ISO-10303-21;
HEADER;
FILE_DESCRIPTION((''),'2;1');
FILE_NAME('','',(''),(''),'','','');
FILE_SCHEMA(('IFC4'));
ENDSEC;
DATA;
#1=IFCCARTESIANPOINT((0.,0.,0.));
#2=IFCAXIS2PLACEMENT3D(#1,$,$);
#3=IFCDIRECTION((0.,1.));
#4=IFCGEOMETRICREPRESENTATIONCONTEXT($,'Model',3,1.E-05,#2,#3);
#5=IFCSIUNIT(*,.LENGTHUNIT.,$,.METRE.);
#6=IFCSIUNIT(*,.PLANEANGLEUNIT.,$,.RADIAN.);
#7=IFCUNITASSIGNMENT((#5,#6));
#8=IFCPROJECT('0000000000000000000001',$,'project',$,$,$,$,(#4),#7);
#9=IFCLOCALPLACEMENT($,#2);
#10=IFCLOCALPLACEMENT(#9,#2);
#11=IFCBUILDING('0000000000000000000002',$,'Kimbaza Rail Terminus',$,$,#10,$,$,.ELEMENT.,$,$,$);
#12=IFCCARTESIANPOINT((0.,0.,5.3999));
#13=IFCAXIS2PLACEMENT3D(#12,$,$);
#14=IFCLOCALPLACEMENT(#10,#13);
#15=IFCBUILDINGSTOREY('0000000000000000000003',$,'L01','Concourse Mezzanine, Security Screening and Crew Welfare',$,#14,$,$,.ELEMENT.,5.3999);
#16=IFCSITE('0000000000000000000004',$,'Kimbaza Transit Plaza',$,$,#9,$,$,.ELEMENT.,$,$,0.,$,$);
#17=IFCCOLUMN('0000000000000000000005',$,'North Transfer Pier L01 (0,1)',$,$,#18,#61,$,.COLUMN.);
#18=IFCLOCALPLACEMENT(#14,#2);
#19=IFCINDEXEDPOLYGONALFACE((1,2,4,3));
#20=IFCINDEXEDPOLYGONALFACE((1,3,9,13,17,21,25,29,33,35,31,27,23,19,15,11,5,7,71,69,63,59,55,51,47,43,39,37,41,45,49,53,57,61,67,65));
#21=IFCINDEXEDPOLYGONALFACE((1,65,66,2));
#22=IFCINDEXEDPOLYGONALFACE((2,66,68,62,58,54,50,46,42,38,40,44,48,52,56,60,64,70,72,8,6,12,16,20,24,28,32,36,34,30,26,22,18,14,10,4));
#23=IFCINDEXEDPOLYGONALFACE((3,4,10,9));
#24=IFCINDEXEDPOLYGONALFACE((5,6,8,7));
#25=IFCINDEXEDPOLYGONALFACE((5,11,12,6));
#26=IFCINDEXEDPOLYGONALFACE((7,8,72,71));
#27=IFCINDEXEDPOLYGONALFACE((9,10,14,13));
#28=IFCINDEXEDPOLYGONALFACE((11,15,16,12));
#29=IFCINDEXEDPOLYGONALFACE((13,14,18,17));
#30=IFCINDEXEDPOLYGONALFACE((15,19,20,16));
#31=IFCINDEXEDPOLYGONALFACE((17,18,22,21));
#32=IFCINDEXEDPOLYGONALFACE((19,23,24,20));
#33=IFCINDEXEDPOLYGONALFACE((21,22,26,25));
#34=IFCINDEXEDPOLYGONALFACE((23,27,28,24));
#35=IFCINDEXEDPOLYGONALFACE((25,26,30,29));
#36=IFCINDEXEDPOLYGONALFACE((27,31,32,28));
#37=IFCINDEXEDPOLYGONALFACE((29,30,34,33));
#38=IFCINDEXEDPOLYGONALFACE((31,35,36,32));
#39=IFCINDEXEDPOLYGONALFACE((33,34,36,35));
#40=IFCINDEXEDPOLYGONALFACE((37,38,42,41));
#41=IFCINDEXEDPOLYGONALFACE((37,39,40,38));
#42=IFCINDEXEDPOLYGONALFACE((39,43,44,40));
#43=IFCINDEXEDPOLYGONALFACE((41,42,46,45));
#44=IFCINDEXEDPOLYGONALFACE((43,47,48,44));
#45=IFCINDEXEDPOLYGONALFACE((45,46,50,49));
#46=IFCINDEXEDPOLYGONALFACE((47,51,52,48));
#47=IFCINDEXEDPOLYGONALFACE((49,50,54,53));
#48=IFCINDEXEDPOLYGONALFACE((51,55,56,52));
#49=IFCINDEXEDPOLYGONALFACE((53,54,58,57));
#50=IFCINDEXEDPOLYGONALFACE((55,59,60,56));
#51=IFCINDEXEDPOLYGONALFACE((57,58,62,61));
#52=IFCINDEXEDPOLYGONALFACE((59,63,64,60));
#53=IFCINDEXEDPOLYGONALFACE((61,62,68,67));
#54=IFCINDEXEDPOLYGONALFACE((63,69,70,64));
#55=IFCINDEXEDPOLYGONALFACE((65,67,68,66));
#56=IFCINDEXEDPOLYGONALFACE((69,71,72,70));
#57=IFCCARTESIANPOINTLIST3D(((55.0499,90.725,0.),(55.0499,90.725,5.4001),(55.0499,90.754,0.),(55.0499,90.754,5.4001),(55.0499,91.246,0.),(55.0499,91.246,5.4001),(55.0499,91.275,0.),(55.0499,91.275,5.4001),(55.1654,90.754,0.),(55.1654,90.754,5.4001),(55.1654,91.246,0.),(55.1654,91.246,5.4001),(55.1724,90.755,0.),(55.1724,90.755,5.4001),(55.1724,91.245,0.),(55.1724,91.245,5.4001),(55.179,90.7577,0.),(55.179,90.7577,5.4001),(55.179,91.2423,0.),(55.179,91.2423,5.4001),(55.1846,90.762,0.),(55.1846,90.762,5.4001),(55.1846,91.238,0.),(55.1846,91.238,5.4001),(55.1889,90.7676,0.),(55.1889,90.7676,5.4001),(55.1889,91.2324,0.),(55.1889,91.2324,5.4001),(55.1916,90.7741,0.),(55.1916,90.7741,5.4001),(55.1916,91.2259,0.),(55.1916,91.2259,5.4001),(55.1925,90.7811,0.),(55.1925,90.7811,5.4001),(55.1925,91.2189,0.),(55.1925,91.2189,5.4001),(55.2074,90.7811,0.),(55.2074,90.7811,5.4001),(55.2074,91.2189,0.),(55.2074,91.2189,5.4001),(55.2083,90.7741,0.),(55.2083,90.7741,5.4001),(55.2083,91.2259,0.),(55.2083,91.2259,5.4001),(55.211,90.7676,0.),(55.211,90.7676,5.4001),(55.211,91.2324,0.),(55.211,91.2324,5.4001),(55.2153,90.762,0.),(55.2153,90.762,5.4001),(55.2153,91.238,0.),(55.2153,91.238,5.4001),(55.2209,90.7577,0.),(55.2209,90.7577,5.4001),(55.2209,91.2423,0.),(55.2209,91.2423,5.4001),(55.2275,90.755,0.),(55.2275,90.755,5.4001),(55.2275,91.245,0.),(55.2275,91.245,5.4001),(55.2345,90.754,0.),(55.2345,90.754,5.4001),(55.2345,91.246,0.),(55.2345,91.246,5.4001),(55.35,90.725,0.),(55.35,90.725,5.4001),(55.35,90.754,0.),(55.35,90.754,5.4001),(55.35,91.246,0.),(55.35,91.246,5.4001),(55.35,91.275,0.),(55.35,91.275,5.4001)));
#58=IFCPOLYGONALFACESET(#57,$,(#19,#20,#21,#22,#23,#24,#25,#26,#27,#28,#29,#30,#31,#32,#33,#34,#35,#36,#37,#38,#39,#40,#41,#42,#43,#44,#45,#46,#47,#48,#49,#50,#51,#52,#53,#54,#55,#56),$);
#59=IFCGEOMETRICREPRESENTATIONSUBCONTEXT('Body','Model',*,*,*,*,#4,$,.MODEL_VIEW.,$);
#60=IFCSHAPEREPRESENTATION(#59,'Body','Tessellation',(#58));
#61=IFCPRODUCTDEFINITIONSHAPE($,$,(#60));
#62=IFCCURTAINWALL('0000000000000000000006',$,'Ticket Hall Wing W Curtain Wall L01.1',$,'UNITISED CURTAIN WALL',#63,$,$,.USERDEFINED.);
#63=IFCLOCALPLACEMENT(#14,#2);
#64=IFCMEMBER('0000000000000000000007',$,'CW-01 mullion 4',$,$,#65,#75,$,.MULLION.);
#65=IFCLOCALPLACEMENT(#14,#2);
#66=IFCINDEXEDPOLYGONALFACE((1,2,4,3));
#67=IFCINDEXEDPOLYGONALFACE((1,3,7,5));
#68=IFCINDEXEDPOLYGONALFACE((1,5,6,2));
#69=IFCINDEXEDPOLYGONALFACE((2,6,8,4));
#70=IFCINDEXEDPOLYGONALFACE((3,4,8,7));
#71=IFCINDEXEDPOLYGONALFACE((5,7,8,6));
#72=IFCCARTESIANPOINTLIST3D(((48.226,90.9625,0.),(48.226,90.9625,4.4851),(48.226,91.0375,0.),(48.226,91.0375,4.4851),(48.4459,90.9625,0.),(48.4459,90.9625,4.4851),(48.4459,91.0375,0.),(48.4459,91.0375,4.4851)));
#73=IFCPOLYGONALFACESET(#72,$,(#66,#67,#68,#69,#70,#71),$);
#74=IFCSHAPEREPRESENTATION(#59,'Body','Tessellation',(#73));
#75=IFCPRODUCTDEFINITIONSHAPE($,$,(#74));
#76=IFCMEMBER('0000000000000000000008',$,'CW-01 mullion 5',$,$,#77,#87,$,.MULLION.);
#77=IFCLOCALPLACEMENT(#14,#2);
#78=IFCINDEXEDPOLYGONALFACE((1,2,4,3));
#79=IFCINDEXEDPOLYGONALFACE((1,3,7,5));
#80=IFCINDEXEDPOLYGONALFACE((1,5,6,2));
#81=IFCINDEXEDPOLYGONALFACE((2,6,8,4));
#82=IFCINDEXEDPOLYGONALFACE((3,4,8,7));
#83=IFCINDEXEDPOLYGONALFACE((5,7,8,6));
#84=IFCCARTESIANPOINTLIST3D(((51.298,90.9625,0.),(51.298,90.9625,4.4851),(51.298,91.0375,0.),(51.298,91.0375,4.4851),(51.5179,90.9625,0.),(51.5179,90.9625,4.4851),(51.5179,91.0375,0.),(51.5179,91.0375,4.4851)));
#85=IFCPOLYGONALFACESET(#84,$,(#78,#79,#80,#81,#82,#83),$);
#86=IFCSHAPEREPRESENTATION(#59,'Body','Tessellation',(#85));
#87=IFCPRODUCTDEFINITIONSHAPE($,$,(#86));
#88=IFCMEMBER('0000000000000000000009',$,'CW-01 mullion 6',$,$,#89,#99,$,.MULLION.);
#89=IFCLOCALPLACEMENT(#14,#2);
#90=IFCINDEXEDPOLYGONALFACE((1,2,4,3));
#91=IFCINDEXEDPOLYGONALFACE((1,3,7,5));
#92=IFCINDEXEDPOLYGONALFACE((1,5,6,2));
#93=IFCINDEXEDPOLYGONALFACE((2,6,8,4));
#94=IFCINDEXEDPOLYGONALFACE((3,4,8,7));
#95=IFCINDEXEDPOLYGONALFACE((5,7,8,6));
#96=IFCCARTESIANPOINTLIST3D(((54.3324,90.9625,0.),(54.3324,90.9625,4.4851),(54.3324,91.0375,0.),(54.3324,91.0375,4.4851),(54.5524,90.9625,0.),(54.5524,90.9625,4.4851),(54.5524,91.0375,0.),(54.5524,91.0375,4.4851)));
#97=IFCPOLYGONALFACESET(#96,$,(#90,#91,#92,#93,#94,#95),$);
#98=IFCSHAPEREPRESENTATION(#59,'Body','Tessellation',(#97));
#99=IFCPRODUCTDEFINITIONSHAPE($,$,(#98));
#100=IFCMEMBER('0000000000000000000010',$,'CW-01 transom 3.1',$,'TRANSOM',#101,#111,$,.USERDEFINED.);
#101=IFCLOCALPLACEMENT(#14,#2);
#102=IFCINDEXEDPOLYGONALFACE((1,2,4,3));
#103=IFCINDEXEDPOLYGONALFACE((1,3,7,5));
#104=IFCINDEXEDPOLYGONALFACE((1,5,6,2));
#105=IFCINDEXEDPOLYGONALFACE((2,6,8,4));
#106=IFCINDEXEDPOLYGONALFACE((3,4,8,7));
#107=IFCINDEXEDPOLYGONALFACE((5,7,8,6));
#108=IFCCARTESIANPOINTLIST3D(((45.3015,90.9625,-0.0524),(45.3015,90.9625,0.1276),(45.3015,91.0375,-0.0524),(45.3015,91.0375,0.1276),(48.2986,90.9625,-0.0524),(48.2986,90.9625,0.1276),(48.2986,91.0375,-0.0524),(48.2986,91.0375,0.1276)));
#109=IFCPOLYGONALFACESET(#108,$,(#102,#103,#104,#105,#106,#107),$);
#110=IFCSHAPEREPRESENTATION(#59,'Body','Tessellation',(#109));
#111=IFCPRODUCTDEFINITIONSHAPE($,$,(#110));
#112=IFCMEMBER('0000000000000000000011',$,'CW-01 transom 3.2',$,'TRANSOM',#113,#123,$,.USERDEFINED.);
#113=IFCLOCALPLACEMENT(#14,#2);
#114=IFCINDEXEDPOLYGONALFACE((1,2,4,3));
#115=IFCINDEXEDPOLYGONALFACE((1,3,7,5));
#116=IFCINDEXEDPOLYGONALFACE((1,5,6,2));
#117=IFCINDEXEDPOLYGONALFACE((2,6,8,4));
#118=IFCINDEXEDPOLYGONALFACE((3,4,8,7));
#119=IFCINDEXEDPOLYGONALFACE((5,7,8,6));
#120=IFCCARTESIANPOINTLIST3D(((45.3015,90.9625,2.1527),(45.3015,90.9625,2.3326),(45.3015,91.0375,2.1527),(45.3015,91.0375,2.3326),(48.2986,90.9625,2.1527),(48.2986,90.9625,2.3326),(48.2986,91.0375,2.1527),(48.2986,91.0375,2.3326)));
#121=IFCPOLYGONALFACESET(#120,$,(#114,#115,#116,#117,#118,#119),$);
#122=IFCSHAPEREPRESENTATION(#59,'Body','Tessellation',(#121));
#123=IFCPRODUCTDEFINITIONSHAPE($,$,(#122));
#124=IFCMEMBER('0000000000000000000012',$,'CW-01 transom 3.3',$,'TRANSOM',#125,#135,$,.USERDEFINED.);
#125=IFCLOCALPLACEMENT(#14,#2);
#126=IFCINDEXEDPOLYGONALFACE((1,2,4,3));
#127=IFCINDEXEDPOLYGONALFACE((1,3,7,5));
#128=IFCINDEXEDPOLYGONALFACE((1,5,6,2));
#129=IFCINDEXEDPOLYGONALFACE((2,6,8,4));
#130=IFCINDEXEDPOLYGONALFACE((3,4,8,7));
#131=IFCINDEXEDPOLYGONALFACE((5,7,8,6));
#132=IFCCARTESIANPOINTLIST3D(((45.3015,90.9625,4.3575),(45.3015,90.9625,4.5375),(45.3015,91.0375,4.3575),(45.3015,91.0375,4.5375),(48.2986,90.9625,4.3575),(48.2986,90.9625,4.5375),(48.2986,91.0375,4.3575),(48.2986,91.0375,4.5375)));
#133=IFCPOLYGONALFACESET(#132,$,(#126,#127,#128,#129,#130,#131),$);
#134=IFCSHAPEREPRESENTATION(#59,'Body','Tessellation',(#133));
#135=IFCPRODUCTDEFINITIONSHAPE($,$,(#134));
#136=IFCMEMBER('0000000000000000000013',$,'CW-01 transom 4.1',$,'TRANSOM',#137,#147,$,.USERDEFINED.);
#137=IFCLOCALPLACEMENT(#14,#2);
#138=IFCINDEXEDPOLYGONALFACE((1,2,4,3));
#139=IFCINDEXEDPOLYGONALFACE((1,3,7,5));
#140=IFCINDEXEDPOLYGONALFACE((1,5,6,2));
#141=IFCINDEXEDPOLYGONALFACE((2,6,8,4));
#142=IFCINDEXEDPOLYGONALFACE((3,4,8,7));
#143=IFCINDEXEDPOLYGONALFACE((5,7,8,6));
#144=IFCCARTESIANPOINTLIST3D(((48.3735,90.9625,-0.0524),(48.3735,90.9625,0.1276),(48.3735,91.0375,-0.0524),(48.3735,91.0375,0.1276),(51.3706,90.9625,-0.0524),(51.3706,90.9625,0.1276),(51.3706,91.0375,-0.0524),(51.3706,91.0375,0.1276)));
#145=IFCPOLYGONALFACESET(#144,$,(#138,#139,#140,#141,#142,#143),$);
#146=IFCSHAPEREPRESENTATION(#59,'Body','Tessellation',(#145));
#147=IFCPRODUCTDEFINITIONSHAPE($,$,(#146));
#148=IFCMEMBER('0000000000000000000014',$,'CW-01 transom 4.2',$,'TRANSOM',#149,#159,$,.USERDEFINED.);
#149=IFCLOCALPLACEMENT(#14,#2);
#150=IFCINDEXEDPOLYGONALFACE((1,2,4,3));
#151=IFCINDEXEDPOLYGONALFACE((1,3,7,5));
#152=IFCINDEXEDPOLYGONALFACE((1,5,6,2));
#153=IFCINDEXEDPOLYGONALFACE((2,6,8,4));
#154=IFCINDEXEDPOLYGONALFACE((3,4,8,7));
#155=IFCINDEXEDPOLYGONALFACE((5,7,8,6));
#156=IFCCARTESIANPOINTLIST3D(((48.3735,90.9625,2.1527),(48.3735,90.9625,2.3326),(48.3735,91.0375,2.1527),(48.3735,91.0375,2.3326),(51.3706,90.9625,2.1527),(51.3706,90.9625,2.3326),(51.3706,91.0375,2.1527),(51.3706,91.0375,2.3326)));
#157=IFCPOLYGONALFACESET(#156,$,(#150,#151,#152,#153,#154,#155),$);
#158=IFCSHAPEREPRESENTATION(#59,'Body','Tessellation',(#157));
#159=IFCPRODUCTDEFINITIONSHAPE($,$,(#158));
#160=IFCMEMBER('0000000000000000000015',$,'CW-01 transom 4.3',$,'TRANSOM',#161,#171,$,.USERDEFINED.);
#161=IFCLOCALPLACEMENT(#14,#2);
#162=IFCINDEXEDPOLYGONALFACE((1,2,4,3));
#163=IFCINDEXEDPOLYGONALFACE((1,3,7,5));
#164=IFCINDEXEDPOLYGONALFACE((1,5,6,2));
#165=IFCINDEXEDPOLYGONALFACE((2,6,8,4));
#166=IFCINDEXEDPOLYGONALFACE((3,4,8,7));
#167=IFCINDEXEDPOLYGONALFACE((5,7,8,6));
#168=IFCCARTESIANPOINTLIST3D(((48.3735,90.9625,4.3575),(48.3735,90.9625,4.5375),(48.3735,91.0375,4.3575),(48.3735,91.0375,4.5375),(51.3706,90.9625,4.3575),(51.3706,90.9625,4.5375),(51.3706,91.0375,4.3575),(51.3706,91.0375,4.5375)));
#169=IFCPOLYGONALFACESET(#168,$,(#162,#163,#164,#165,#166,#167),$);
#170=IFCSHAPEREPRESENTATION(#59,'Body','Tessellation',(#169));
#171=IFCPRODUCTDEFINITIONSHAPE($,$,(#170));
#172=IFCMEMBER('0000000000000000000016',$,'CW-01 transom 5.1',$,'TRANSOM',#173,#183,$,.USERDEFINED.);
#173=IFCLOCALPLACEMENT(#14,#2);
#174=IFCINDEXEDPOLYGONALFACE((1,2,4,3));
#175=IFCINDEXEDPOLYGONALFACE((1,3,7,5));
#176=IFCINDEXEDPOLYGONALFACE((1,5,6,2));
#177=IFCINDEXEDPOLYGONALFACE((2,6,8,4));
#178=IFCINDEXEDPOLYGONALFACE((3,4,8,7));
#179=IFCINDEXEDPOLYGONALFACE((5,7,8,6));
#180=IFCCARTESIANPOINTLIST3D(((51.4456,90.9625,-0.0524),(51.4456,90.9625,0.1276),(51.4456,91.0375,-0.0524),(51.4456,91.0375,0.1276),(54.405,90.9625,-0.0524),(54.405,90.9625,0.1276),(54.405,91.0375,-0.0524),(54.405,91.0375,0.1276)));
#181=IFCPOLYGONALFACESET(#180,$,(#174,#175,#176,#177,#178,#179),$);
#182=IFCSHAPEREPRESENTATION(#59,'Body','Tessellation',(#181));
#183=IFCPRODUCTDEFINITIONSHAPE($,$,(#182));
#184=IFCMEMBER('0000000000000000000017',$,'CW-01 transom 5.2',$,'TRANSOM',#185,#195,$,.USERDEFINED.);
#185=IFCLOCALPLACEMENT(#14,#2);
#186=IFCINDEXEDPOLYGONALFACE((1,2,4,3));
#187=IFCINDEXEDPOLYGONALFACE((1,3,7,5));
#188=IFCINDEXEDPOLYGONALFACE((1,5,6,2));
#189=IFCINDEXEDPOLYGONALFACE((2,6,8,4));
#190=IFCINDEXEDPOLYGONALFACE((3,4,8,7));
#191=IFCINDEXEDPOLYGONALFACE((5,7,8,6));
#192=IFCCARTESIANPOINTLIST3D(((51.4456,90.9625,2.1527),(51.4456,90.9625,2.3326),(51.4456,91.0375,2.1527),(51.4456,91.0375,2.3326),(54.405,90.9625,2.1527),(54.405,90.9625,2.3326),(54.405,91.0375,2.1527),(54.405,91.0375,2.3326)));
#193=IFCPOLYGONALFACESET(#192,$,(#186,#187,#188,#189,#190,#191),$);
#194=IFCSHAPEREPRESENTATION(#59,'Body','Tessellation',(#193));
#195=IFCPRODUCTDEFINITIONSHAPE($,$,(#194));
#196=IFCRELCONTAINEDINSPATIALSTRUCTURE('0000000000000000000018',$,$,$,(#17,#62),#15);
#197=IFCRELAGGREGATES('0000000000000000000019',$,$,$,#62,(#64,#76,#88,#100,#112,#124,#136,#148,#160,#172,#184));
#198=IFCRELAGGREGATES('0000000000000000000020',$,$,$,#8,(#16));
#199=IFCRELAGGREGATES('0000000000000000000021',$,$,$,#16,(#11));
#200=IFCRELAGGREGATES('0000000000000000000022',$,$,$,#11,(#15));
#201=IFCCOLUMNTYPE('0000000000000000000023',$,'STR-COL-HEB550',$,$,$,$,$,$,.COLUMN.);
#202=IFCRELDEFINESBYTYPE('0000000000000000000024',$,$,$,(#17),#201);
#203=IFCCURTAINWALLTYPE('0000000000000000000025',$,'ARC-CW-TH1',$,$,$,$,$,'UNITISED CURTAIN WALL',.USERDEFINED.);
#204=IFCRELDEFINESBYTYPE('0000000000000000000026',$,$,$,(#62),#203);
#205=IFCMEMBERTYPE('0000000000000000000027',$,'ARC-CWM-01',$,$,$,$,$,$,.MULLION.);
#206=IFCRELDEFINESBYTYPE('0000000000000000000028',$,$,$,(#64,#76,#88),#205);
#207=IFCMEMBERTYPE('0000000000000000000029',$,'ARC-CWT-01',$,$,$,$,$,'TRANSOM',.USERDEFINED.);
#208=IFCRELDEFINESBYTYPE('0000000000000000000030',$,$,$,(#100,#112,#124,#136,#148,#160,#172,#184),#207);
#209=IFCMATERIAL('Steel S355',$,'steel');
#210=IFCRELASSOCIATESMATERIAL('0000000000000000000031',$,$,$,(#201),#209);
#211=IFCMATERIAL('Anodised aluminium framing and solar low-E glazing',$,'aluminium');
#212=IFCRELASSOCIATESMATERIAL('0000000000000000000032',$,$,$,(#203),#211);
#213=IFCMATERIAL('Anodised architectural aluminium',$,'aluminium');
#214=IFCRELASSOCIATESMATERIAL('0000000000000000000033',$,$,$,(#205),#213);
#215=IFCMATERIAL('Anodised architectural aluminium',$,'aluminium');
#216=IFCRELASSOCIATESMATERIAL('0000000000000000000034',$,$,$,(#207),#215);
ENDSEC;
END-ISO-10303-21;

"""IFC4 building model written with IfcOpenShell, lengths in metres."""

from ifc_helpers import new_model, si_unit, direction, frame, origin, origin_2d, place, context, subcontext, project, spatial, rectangle, i_section, extrude, material, material_profile, profile_set, type_object, element, aggregate, save


model = new_model("IFC4")

# Units and contexts
model_context = context("Model", 3, precision=1e-05, world=origin(), true_north=direction((0.0, 1.0)))
body_context = subcontext(model_context, "Body", "Model", "MODEL_VIEW")
ifc_project = project(units=[si_unit("LENGTHUNIT", "METRE"), si_unit("PLANEANGLEUNIT", "RADIAN")], contexts=[model_context])

# Site, building, storey
site_placement = place(None, origin())
site = spatial("IfcSite", under=ifc_project, at=site_placement, Name="Kimbaza Transit Plaza", CompositionType="ELEMENT", RefElevation=0.0)
building_placement = place(site_placement, origin())
building = spatial("IfcBuilding", under=site, at=building_placement, Name="Kimbaza Rail Terminus", CompositionType="ELEMENT")
storey_placement = place(building_placement, frame((0.0, 0.0, 5.3999)))
storey = spatial("IfcBuildingStorey", under=building, at=storey_placement, Name="L01", Description="Concourse Mezzanine, Security Screening and Crew Welfare", CompositionType="ELEMENT", Elevation=5.3999)

# Column
ifc_material_1 = material(Name="Steel S355", Category="steel")
ifc_material_profile_1 = material_profile(ifc_material_1, i_section(OverallWidth=0.3, OverallDepth=0.55, WebThickness=0.0149, FlangeThickness=0.0291, FilletRadius=0.0271, at=origin_2d()), Name="HEB 550")
ifc_profile_set_1 = profile_set([ifc_material_profile_1], Name="Steel S355")
column_type = type_object("IfcColumnType", Name="STR-COL-HEB550", PredefinedType="COLUMN", material=ifc_profile_set_1)
column_placement = place(storey_placement, frame((55.2, 91.0, 0.0), z_axis=(0.0, 0.0, 1.0), x_axis=(1.0, 0.0, 0.0)))
element("IfcColumn", 1, at=column_placement, inside=storey, type_object=column_type, Name="North Transfer Pier L01 (0,1)", PredefinedType="COLUMN", context=body_context, shape_type="SweptSolid", body=[
    extrude(i_section(OverallWidth=0.3, OverallDepth=0.55, WebThickness=0.0149, FlangeThickness=0.0291, FilletRadius=0.0271, at=origin_2d()), origin(), (0.0, 0.0, 1.0), 5.4001),
])

# Curtain wall, members
ifc_material_2 = material(Name="Anodised aluminium framing and solar low-E glazing", Category="aluminium")
curtain_wall_type = type_object("IfcCurtainWallType", Name="ARC-CW-TH1", ElementType="UNITISED CURTAIN WALL", PredefinedType="USERDEFINED", material=ifc_material_2)
curtain_wall_placement = place(storey_placement, origin())
curtain_wall = element("IfcCurtainWall", 2, at=curtain_wall_placement, inside=storey, type_object=curtain_wall_type, Name="Ticket Hall Wing W Curtain Wall L01.1", ObjectType="UNITISED CURTAIN WALL", PredefinedType="USERDEFINED")
ifc_material_3 = material(Name="Anodised architectural aluminium", Category="aluminium")
ifc_material_profile_2 = material_profile(ifc_material_3, rectangle(XDim=0.075, YDim=0.22, at=origin_2d()), Name="MULLION 75x220")
ifc_profile_set_2 = profile_set([ifc_material_profile_2], Name="Anodised architectural aluminium")
member_type_1 = type_object("IfcMemberType", Name="ARC-CWM-01", PredefinedType="MULLION", material=ifc_profile_set_2)
member_1_placement = place(storey_placement, frame((48.3359, 91.0, 0.0), z_axis=(0.0, 0.0, 1.0), x_axis=(0.0, 1.0, 0.0)))
member_1 = element("IfcMember", 3, at=member_1_placement, type_object=member_type_1, Name="CW-01 mullion 4", PredefinedType="MULLION", context=body_context, shape_type="SweptSolid", body=[
    extrude(rectangle(XDim=0.075, YDim=0.22, at=origin_2d()), origin(), (0.0, 0.0, 1.0), 4.4851),
])
member_2_placement = place(storey_placement, frame((51.408, 91.0, 0.0), z_axis=(0.0, 0.0, 1.0), x_axis=(0.0, 1.0, 0.0)))
member_2 = element("IfcMember", 4, at=member_2_placement, type_object=member_type_1, Name="CW-01 mullion 5", PredefinedType="MULLION", context=body_context, shape_type="SweptSolid", body=[
    extrude(rectangle(XDim=0.075, YDim=0.22, at=origin_2d()), origin(), (0.0, 0.0, 1.0), 4.4851),
])
member_3_placement = place(storey_placement, frame((54.4424, 91.0, 0.0), z_axis=(0.0, 0.0, 1.0), x_axis=(0.0, 1.0, 0.0)))
member_3 = element("IfcMember", 5, at=member_3_placement, type_object=member_type_1, Name="CW-01 mullion 6", PredefinedType="MULLION", context=body_context, shape_type="SweptSolid", body=[
    extrude(rectangle(XDim=0.075, YDim=0.22, at=origin_2d()), origin(), (0.0, 0.0, 1.0), 4.4851),
])
ifc_material_4 = material(Name="Anodised architectural aluminium", Category="aluminium")
ifc_material_profile_3 = material_profile(ifc_material_4, rectangle(XDim=0.075, YDim=0.1799, at=origin_2d()), Name="TRANSOM 75x180")
ifc_profile_set_3 = profile_set([ifc_material_profile_3], Name="Anodised architectural aluminium")
member_type_2 = type_object("IfcMemberType", Name="ARC-CWT-01", ElementType="TRANSOM", PredefinedType="USERDEFINED", material=ifc_profile_set_3)
member_4_placement = place(storey_placement, frame((45.3015, 91.0, 0.0376), z_axis=(1.0, 0.0, 0.0), x_axis=(0.0, 1.0, 0.0)))
member_4 = element("IfcMember", 6, at=member_4_placement, type_object=member_type_2, Name="CW-01 transom 3.1", ObjectType="TRANSOM", PredefinedType="USERDEFINED", context=body_context, shape_type="SweptSolid", body=[
    extrude(rectangle(XDim=0.075, YDim=0.1799, at=origin_2d()), origin(), (0.0, 0.0, 1.0), 2.9971),
])
member_5_placement = place(storey_placement, frame((45.3015, 91.0, 2.2427), z_axis=(1.0, 0.0, 0.0), x_axis=(0.0, 1.0, 0.0)))
member_5 = element("IfcMember", 7, at=member_5_placement, type_object=member_type_2, Name="CW-01 transom 3.2", ObjectType="TRANSOM", PredefinedType="USERDEFINED", context=body_context, shape_type="SweptSolid", body=[
    extrude(rectangle(XDim=0.075, YDim=0.1799, at=origin_2d()), origin(), (0.0, 0.0, 1.0), 2.9971),
])
member_6_placement = place(storey_placement, frame((45.3015, 91.0, 4.4475), z_axis=(1.0, 0.0, 0.0), x_axis=(0.0, 1.0, 0.0)))
member_6 = element("IfcMember", 8, at=member_6_placement, type_object=member_type_2, Name="CW-01 transom 3.3", ObjectType="TRANSOM", PredefinedType="USERDEFINED", context=body_context, shape_type="SweptSolid", body=[
    extrude(rectangle(XDim=0.075, YDim=0.1799, at=origin_2d()), origin(), (0.0, 0.0, 1.0), 2.9971),
])
member_7_placement = place(storey_placement, frame((48.3735, 91.0, 0.0376), z_axis=(1.0, 0.0, 0.0), x_axis=(0.0, 1.0, 0.0)))
member_7 = element("IfcMember", 9, at=member_7_placement, type_object=member_type_2, Name="CW-01 transom 4.1", ObjectType="TRANSOM", PredefinedType="USERDEFINED", context=body_context, shape_type="SweptSolid", body=[
    extrude(rectangle(XDim=0.075, YDim=0.1799, at=origin_2d()), origin(), (0.0, 0.0, 1.0), 2.9971),
])
member_8_placement = place(storey_placement, frame((48.3735, 91.0, 2.2427), z_axis=(1.0, 0.0, 0.0), x_axis=(0.0, 1.0, 0.0)))
member_8 = element("IfcMember", 10, at=member_8_placement, type_object=member_type_2, Name="CW-01 transom 4.2", ObjectType="TRANSOM", PredefinedType="USERDEFINED", context=body_context, shape_type="SweptSolid", body=[
    extrude(rectangle(XDim=0.075, YDim=0.1799, at=origin_2d()), origin(), (0.0, 0.0, 1.0), 2.9971),
])
member_9_placement = place(storey_placement, frame((48.3735, 91.0, 4.4475), z_axis=(1.0, 0.0, 0.0), x_axis=(0.0, 1.0, 0.0)))
member_9 = element("IfcMember", 11, at=member_9_placement, type_object=member_type_2, Name="CW-01 transom 4.3", ObjectType="TRANSOM", PredefinedType="USERDEFINED", context=body_context, shape_type="SweptSolid", body=[
    extrude(rectangle(XDim=0.075, YDim=0.1799, at=origin_2d()), origin(), (0.0, 0.0, 1.0), 2.9971),
])
member_10_placement = place(storey_placement, frame((51.4456, 91.0, 0.0376), z_axis=(1.0, 0.0, 0.0), x_axis=(0.0, 1.0, 0.0)))
member_10 = element("IfcMember", 12, at=member_10_placement, type_object=member_type_2, Name="CW-01 transom 5.1", ObjectType="TRANSOM", PredefinedType="USERDEFINED", context=body_context, shape_type="SweptSolid", body=[
    extrude(rectangle(XDim=0.075, YDim=0.1799, at=origin_2d()), origin(), (0.0, 0.0, 1.0), 2.9595),
])
member_11_placement = place(storey_placement, frame((51.4456, 91.0, 2.2427), z_axis=(1.0, 0.0, 0.0), x_axis=(0.0, 1.0, 0.0)))
member_11 = element("IfcMember", 13, at=member_11_placement, type_object=member_type_2, Name="CW-01 transom 5.2", ObjectType="TRANSOM", PredefinedType="USERDEFINED", context=body_context, shape_type="SweptSolid", body=[
    extrude(rectangle(XDim=0.075, YDim=0.1799, at=origin_2d()), origin(), (0.0, 0.0, 1.0), 2.9595),
])

aggregate(curtain_wall, [member_1, member_2, member_3, member_4, member_5, member_6, member_7, member_8, member_9, member_10, member_11])

save(model, "model.ifc")
